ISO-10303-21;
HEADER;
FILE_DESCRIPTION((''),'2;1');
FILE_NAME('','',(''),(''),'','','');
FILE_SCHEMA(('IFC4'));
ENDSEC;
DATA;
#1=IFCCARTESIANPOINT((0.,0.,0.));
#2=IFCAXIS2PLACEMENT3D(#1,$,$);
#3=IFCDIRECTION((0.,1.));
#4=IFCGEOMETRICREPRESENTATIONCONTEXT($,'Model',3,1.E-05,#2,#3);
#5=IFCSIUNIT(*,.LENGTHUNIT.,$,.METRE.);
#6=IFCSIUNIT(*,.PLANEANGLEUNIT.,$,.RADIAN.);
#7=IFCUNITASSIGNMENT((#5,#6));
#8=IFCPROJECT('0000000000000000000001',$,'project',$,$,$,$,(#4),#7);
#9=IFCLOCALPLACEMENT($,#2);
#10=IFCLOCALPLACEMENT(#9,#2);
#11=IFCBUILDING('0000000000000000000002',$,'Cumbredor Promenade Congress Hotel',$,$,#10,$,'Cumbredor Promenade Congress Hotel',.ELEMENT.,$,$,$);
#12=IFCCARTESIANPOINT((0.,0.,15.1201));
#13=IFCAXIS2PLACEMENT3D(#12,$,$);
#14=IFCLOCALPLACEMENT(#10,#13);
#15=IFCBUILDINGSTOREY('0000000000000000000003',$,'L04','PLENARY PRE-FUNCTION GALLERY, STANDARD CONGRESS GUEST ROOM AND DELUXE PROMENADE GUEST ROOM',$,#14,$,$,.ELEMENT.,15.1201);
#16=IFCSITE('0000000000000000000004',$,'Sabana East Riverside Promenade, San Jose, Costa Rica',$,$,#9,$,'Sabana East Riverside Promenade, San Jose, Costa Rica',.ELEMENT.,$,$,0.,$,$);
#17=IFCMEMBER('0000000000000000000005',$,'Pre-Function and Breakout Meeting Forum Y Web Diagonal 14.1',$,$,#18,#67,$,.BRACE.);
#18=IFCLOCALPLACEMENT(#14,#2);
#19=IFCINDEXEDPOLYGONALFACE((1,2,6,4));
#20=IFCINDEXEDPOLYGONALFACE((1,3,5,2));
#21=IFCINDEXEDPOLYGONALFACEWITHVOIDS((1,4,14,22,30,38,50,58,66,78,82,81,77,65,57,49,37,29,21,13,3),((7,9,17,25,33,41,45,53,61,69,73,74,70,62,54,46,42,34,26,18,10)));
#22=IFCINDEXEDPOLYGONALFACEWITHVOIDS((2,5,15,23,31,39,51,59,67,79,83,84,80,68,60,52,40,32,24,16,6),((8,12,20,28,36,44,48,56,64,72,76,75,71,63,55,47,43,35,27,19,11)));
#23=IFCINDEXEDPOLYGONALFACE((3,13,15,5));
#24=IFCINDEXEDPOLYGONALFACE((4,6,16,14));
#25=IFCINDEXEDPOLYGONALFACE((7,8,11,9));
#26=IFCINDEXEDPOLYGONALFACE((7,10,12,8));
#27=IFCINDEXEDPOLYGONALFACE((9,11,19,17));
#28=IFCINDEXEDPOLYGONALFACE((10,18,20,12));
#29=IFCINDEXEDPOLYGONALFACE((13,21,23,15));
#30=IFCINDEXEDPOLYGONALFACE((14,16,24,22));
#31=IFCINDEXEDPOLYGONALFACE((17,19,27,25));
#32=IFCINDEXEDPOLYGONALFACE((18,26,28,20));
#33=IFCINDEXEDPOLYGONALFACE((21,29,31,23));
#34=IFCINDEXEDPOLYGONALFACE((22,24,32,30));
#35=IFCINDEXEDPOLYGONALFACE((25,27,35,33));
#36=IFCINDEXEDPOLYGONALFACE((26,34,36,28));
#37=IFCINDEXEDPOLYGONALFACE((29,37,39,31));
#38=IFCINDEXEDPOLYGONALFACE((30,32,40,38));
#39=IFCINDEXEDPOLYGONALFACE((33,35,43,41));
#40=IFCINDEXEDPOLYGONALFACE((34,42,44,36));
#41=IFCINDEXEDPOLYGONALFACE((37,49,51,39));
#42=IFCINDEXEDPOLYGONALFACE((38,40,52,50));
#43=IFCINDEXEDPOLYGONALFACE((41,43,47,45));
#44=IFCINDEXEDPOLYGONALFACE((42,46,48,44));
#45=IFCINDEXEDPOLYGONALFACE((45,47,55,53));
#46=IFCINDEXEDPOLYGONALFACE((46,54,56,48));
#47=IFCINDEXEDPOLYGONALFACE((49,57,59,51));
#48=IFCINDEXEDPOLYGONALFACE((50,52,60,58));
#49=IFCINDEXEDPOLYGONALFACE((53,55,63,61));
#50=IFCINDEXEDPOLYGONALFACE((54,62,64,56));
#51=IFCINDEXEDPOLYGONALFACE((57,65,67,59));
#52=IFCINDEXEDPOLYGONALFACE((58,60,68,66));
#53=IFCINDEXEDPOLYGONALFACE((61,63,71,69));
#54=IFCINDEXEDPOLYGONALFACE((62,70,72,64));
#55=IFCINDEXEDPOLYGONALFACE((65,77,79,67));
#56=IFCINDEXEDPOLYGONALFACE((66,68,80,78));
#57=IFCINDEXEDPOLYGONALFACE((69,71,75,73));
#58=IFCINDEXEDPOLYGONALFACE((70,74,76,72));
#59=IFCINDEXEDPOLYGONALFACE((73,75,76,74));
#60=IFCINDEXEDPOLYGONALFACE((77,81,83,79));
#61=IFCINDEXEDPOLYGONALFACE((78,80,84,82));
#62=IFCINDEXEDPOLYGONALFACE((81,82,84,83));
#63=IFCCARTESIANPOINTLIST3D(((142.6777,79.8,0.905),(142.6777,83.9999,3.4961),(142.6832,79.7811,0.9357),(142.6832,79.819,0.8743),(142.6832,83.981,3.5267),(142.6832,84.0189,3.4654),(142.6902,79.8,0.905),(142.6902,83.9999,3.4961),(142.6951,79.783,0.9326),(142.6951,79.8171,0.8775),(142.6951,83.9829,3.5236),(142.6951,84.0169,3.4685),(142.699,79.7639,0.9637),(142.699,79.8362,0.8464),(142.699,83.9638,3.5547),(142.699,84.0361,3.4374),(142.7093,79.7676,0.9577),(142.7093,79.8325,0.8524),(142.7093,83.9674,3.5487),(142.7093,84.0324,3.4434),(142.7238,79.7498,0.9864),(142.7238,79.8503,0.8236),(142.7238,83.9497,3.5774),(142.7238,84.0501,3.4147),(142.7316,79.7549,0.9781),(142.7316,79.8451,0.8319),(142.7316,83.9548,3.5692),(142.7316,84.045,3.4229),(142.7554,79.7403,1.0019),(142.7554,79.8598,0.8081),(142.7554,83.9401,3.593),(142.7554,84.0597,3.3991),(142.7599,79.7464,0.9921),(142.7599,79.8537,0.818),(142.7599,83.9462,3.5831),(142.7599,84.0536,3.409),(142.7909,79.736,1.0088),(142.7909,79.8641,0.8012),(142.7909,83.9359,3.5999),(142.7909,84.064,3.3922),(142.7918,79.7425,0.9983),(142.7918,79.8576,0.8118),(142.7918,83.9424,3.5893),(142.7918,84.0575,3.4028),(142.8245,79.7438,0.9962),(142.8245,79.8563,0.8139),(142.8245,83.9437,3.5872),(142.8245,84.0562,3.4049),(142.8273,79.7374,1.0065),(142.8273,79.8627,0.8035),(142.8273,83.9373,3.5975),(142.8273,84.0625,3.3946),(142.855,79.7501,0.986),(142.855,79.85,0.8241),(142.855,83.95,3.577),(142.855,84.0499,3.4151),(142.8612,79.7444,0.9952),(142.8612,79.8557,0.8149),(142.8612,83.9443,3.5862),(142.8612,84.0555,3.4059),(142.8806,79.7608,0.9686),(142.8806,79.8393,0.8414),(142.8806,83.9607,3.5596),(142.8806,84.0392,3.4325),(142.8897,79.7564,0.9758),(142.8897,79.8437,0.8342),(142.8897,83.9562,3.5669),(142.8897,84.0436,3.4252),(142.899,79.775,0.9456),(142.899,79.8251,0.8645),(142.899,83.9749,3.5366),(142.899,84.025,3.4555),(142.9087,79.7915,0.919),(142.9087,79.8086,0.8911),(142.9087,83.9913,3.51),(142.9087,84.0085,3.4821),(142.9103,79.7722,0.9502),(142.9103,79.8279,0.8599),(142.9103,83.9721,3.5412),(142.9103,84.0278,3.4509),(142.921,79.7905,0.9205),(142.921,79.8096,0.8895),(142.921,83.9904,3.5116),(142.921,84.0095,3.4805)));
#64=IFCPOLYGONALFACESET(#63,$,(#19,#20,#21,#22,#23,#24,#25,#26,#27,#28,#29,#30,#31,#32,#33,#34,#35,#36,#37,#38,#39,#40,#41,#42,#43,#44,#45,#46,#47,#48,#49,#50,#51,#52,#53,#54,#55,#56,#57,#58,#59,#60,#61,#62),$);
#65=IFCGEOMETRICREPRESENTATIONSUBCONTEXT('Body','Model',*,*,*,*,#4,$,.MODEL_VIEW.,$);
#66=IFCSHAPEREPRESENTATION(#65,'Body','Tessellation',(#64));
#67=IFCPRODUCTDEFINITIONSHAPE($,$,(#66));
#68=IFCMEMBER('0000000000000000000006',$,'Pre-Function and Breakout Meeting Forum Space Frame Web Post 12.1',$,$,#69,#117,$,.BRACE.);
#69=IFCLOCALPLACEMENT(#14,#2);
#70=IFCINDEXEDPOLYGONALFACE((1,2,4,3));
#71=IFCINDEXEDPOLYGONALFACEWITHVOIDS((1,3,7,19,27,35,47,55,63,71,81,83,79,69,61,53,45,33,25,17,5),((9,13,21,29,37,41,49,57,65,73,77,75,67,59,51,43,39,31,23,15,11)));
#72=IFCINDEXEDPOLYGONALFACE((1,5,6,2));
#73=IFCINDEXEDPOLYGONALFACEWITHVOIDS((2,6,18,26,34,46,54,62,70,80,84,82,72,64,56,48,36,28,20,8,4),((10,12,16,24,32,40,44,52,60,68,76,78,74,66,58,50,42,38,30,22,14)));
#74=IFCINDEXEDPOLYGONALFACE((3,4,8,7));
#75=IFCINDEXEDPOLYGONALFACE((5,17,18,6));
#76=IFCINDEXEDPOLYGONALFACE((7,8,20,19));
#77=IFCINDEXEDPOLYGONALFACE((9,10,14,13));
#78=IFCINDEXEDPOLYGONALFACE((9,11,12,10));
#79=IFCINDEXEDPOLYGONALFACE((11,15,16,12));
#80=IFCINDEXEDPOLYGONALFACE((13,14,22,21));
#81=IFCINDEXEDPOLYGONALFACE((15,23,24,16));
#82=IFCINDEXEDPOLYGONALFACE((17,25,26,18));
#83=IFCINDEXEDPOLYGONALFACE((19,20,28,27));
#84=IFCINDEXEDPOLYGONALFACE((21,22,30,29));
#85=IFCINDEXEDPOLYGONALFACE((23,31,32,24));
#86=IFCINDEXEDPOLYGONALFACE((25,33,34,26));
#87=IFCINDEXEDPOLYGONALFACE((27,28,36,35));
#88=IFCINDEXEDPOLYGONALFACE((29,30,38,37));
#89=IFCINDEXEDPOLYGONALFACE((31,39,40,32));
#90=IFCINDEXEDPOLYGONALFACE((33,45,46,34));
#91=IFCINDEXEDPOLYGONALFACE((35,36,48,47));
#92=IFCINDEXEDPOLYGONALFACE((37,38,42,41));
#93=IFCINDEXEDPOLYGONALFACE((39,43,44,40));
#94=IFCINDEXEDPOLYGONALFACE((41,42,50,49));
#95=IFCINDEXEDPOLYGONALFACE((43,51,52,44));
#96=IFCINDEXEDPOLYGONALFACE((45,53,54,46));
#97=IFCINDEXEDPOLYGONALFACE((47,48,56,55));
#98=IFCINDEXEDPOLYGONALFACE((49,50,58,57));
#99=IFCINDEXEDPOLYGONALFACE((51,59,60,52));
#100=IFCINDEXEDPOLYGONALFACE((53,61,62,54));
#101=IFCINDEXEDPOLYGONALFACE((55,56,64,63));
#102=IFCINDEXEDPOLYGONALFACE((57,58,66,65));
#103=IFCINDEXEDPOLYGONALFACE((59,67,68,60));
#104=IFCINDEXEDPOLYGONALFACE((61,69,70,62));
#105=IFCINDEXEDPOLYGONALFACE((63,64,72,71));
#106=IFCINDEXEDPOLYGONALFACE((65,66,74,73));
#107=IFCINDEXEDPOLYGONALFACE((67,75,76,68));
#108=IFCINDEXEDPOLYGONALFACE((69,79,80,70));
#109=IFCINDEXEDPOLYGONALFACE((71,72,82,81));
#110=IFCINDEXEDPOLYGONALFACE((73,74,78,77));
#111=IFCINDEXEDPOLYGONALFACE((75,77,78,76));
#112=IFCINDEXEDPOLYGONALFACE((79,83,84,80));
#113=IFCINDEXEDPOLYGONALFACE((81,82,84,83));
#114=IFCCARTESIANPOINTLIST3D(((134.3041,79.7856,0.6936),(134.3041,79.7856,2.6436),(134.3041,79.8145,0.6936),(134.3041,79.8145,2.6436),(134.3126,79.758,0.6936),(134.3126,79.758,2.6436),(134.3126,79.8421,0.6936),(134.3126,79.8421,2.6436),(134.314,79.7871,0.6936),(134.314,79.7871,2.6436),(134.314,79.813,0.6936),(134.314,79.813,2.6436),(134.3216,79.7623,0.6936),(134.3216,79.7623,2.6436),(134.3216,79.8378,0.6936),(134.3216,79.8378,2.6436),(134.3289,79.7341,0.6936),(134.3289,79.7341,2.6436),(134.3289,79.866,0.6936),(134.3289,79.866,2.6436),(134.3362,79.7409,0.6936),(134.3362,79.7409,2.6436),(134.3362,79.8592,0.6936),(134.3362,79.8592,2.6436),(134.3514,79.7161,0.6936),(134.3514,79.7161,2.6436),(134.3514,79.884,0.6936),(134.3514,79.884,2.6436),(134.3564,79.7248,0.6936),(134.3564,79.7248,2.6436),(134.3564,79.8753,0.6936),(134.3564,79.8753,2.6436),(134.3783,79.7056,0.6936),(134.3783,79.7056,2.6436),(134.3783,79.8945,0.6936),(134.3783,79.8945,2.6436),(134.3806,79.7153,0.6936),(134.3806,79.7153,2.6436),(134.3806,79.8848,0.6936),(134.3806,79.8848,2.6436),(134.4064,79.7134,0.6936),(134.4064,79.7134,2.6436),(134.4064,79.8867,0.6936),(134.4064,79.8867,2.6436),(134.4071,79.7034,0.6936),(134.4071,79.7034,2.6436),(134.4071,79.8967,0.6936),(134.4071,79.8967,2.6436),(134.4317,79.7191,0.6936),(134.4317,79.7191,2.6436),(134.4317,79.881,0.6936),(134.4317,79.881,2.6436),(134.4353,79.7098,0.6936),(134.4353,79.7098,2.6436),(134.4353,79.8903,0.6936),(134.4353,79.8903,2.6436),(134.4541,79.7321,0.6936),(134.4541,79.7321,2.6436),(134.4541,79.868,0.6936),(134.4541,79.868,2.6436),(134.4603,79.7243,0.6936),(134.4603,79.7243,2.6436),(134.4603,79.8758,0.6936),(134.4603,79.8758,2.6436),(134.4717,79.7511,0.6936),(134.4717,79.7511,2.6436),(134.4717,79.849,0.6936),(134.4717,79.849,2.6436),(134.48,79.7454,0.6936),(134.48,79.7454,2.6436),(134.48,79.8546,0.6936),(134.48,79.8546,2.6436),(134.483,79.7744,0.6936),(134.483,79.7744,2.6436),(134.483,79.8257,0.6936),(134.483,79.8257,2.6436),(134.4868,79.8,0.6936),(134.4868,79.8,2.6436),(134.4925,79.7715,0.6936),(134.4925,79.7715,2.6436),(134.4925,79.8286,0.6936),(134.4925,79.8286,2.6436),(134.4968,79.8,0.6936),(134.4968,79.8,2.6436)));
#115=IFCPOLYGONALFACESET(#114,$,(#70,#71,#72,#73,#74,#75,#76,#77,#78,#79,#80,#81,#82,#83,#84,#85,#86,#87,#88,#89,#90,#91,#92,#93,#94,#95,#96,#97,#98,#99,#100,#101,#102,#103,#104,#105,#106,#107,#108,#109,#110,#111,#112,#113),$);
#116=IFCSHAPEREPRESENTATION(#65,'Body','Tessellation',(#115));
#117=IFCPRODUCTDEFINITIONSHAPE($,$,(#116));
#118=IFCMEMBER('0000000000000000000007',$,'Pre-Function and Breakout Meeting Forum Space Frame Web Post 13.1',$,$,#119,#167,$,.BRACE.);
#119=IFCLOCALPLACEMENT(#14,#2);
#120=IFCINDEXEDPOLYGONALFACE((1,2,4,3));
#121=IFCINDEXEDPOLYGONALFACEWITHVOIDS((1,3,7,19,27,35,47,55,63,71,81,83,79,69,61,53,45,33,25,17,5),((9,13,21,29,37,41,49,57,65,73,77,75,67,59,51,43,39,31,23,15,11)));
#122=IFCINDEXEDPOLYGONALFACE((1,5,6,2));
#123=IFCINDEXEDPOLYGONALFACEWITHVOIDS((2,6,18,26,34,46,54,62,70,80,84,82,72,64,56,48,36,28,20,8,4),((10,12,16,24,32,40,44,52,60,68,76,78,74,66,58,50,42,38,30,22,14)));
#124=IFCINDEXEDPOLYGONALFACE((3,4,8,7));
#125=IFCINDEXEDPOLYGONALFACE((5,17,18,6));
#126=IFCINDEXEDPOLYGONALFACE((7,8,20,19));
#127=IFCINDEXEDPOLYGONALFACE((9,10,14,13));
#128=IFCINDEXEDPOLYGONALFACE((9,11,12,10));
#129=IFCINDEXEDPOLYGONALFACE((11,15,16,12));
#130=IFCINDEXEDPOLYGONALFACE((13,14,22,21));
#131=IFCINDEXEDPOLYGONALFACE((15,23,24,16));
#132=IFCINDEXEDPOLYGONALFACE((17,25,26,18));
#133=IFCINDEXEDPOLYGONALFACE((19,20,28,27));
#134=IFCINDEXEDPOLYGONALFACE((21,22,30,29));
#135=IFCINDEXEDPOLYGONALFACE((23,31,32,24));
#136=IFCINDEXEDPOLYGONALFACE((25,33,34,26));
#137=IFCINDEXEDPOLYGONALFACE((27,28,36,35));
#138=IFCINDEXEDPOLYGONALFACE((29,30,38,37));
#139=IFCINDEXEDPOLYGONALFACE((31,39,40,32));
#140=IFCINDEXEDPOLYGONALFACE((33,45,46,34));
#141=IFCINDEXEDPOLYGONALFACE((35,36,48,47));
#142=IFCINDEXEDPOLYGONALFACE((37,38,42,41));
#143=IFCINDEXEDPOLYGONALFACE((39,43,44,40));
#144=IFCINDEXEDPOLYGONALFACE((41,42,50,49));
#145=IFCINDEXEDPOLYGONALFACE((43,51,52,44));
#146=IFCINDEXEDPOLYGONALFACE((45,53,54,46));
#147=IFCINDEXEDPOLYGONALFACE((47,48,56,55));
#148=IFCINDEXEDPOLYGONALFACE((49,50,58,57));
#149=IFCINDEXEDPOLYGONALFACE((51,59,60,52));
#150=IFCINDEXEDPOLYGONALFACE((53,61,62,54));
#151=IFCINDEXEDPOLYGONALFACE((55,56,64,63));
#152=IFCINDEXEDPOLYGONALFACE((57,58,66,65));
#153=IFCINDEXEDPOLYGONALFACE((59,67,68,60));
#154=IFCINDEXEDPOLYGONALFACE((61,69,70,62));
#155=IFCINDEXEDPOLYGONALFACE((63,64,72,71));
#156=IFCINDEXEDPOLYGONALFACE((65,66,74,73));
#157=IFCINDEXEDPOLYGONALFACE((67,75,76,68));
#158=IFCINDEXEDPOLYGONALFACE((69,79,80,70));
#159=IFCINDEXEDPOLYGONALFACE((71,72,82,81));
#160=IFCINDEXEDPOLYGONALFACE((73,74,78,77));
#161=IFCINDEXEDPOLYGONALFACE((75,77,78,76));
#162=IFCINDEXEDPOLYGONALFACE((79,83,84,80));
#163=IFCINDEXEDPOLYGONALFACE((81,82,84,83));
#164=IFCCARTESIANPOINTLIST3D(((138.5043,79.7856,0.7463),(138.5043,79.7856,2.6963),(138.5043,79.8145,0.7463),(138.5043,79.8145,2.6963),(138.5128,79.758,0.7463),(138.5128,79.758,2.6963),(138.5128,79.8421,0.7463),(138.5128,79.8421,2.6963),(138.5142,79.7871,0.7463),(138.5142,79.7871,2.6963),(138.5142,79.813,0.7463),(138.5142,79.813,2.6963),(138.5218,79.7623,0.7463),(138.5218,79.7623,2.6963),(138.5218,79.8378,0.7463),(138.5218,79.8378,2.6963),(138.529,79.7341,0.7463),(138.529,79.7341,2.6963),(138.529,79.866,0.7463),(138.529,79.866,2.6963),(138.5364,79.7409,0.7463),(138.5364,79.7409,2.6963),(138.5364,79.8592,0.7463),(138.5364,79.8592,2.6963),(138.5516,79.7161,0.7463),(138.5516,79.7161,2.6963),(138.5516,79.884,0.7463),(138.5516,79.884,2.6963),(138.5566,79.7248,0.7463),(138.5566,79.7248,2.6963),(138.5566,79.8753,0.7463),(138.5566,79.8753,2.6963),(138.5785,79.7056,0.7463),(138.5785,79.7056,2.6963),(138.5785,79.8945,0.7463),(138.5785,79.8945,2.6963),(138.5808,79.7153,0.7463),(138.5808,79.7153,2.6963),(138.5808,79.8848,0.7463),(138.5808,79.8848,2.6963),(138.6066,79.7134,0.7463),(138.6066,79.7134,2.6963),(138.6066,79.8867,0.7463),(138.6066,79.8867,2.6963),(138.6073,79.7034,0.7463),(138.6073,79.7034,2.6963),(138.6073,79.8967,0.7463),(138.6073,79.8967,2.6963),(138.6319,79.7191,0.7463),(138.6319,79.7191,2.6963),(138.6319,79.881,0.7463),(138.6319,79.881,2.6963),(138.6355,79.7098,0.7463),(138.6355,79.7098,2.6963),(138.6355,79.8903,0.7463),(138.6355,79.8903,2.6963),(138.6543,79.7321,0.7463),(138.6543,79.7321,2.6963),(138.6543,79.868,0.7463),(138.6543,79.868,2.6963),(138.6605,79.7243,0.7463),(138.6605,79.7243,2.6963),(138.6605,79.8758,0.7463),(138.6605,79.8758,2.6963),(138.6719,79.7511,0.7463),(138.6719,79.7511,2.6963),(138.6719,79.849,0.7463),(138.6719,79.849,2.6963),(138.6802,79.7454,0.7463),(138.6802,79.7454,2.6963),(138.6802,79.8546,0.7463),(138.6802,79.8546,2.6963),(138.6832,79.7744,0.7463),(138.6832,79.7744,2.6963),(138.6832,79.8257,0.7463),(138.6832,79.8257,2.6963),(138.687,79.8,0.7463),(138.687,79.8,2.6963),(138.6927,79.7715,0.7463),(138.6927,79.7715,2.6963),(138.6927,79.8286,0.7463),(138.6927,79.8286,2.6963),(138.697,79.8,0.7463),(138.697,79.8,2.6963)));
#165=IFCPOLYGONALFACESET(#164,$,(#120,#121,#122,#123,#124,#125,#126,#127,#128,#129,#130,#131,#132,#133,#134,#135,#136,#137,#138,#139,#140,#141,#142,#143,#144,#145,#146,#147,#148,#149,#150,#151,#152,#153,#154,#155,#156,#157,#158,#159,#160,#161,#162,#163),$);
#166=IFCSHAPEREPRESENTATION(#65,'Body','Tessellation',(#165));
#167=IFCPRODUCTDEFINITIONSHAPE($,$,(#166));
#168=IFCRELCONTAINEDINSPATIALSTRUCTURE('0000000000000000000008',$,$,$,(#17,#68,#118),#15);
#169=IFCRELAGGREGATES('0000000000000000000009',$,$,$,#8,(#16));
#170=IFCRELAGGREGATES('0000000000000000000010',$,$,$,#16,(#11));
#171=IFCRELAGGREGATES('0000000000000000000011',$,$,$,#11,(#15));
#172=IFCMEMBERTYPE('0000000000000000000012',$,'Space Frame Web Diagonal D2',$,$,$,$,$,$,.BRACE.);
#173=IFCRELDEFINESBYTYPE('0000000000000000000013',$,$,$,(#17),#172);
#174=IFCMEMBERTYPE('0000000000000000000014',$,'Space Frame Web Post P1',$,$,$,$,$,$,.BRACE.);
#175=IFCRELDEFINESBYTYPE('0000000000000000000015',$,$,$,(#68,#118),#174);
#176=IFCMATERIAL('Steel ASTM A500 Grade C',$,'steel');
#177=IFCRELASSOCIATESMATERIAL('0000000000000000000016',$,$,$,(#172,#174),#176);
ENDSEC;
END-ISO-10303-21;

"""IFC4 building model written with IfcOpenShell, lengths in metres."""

from ifc_helpers import new_model, si_unit, direction, frame, origin, origin_2d, place, context, subcontext, project, spatial, hollow_circle, extrude, material, material_profile, profile_set, type_object, element, save


model = new_model("IFC4")

# Units and contexts
model_context = context("Model", 3, precision=1e-05, world=origin(), true_north=direction((0.0, 1.0)))
body_context = subcontext(model_context, "Body", "Model", "MODEL_VIEW")
ifc_project = project(units=[si_unit("LENGTHUNIT", "METRE"), si_unit("PLANEANGLEUNIT", "RADIAN")], contexts=[model_context])

# Site, building, storey
site_placement = place(None, origin())
site = spatial("IfcSite", under=ifc_project, at=site_placement, Name="Sabana East Riverside Promenade, San Jose, Costa Rica", LongName="Sabana East Riverside Promenade, San Jose, Costa Rica", CompositionType="ELEMENT", RefElevation=0.0)
building_placement = place(site_placement, origin())
building = spatial("IfcBuilding", under=site, at=building_placement, Name="Cumbredor Promenade Congress Hotel", LongName="Cumbredor Promenade Congress Hotel", CompositionType="ELEMENT")
storey_placement = place(building_placement, frame((0.0, 0.0, 15.1201)))
storey = spatial("IfcBuildingStorey", under=building, at=storey_placement, Name="L04", Description="PLENARY PRE-FUNCTION GALLERY, STANDARD CONGRESS GUEST ROOM AND DELUXE PROMENADE GUEST ROOM", CompositionType="ELEMENT", Elevation=15.1201)

# Members
ifc_material_1 = material(Name="Steel ASTM A500 Grade C", Category="steel")
ifc_material_profile_1 = material_profile(ifc_material_1, hollow_circle(Radius=0.1223, WallThickness=0.0125, at=origin_2d()), Name="CHS 244.5x12.5")
ifc_profile_set_1 = profile_set([ifc_material_profile_1], Name="Steel ASTM A500 Grade C")
member_type_1 = type_object("IfcMemberType", Name="Space Frame Web Diagonal D2", PredefinedType="BRACE", material=ifc_profile_set_1)
member_1_placement = place(storey_placement, frame((142.8, 79.8, 0.905), z_axis=(0.0, 0.851072, 0.525049), x_axis=(-1.0, 0.0, 0.0)))
element("IfcMember", 1, at=member_1_placement, inside=storey, type_object=member_type_1, Name="Pre-Function and Breakout Meeting Forum Y Web Diagonal 14.1", PredefinedType="BRACE", context=body_context, shape_type="SweptSolid", body=[
    extrude(hollow_circle(Radius=0.1223, WallThickness=0.0125, at=origin_2d()), origin(), (0.0, 0.0, 1.0), 4.9348),
])
ifc_material_profile_2 = material_profile(ifc_material_1, hollow_circle(Radius=0.0969, WallThickness=0.01, at=origin_2d()), Name="CHS 193.7x10")
ifc_profile_set_2 = profile_set([ifc_material_profile_2], Name="Steel ASTM A500 Grade C")
member_type_2 = type_object("IfcMemberType", Name="Space Frame Web Post P1", PredefinedType="BRACE", material=ifc_profile_set_2)
for number, where, z_axis, x_axis, name in (
    (2, (134.3999, 79.8, 0.6936), (0.0, 0.0, 1.0), (1.0, 0.0, 0.0), "Pre-Function and Breakout Meeting Forum Space Frame Web Post 12.1"),
    (3, (138.6001, 79.8, 0.7463), (0.0, 0.0, 1.0), (1.0, 0.0, 0.0), "Pre-Function and Breakout Meeting Forum Space Frame Web Post 13.1"),
):
    element("IfcMember", number, at=place(storey_placement, frame(where, z_axis=z_axis, x_axis=x_axis)), inside=storey, type_object=member_type_2, Name=name, PredefinedType="BRACE", context=body_context, shape_type="SweptSolid", body=[
        extrude(hollow_circle(Radius=0.0969, WallThickness=0.01, at=origin_2d()), origin(), (0.0, 0.0, 1.0), 1.95),
    ])

save(model, "model.ifc")
